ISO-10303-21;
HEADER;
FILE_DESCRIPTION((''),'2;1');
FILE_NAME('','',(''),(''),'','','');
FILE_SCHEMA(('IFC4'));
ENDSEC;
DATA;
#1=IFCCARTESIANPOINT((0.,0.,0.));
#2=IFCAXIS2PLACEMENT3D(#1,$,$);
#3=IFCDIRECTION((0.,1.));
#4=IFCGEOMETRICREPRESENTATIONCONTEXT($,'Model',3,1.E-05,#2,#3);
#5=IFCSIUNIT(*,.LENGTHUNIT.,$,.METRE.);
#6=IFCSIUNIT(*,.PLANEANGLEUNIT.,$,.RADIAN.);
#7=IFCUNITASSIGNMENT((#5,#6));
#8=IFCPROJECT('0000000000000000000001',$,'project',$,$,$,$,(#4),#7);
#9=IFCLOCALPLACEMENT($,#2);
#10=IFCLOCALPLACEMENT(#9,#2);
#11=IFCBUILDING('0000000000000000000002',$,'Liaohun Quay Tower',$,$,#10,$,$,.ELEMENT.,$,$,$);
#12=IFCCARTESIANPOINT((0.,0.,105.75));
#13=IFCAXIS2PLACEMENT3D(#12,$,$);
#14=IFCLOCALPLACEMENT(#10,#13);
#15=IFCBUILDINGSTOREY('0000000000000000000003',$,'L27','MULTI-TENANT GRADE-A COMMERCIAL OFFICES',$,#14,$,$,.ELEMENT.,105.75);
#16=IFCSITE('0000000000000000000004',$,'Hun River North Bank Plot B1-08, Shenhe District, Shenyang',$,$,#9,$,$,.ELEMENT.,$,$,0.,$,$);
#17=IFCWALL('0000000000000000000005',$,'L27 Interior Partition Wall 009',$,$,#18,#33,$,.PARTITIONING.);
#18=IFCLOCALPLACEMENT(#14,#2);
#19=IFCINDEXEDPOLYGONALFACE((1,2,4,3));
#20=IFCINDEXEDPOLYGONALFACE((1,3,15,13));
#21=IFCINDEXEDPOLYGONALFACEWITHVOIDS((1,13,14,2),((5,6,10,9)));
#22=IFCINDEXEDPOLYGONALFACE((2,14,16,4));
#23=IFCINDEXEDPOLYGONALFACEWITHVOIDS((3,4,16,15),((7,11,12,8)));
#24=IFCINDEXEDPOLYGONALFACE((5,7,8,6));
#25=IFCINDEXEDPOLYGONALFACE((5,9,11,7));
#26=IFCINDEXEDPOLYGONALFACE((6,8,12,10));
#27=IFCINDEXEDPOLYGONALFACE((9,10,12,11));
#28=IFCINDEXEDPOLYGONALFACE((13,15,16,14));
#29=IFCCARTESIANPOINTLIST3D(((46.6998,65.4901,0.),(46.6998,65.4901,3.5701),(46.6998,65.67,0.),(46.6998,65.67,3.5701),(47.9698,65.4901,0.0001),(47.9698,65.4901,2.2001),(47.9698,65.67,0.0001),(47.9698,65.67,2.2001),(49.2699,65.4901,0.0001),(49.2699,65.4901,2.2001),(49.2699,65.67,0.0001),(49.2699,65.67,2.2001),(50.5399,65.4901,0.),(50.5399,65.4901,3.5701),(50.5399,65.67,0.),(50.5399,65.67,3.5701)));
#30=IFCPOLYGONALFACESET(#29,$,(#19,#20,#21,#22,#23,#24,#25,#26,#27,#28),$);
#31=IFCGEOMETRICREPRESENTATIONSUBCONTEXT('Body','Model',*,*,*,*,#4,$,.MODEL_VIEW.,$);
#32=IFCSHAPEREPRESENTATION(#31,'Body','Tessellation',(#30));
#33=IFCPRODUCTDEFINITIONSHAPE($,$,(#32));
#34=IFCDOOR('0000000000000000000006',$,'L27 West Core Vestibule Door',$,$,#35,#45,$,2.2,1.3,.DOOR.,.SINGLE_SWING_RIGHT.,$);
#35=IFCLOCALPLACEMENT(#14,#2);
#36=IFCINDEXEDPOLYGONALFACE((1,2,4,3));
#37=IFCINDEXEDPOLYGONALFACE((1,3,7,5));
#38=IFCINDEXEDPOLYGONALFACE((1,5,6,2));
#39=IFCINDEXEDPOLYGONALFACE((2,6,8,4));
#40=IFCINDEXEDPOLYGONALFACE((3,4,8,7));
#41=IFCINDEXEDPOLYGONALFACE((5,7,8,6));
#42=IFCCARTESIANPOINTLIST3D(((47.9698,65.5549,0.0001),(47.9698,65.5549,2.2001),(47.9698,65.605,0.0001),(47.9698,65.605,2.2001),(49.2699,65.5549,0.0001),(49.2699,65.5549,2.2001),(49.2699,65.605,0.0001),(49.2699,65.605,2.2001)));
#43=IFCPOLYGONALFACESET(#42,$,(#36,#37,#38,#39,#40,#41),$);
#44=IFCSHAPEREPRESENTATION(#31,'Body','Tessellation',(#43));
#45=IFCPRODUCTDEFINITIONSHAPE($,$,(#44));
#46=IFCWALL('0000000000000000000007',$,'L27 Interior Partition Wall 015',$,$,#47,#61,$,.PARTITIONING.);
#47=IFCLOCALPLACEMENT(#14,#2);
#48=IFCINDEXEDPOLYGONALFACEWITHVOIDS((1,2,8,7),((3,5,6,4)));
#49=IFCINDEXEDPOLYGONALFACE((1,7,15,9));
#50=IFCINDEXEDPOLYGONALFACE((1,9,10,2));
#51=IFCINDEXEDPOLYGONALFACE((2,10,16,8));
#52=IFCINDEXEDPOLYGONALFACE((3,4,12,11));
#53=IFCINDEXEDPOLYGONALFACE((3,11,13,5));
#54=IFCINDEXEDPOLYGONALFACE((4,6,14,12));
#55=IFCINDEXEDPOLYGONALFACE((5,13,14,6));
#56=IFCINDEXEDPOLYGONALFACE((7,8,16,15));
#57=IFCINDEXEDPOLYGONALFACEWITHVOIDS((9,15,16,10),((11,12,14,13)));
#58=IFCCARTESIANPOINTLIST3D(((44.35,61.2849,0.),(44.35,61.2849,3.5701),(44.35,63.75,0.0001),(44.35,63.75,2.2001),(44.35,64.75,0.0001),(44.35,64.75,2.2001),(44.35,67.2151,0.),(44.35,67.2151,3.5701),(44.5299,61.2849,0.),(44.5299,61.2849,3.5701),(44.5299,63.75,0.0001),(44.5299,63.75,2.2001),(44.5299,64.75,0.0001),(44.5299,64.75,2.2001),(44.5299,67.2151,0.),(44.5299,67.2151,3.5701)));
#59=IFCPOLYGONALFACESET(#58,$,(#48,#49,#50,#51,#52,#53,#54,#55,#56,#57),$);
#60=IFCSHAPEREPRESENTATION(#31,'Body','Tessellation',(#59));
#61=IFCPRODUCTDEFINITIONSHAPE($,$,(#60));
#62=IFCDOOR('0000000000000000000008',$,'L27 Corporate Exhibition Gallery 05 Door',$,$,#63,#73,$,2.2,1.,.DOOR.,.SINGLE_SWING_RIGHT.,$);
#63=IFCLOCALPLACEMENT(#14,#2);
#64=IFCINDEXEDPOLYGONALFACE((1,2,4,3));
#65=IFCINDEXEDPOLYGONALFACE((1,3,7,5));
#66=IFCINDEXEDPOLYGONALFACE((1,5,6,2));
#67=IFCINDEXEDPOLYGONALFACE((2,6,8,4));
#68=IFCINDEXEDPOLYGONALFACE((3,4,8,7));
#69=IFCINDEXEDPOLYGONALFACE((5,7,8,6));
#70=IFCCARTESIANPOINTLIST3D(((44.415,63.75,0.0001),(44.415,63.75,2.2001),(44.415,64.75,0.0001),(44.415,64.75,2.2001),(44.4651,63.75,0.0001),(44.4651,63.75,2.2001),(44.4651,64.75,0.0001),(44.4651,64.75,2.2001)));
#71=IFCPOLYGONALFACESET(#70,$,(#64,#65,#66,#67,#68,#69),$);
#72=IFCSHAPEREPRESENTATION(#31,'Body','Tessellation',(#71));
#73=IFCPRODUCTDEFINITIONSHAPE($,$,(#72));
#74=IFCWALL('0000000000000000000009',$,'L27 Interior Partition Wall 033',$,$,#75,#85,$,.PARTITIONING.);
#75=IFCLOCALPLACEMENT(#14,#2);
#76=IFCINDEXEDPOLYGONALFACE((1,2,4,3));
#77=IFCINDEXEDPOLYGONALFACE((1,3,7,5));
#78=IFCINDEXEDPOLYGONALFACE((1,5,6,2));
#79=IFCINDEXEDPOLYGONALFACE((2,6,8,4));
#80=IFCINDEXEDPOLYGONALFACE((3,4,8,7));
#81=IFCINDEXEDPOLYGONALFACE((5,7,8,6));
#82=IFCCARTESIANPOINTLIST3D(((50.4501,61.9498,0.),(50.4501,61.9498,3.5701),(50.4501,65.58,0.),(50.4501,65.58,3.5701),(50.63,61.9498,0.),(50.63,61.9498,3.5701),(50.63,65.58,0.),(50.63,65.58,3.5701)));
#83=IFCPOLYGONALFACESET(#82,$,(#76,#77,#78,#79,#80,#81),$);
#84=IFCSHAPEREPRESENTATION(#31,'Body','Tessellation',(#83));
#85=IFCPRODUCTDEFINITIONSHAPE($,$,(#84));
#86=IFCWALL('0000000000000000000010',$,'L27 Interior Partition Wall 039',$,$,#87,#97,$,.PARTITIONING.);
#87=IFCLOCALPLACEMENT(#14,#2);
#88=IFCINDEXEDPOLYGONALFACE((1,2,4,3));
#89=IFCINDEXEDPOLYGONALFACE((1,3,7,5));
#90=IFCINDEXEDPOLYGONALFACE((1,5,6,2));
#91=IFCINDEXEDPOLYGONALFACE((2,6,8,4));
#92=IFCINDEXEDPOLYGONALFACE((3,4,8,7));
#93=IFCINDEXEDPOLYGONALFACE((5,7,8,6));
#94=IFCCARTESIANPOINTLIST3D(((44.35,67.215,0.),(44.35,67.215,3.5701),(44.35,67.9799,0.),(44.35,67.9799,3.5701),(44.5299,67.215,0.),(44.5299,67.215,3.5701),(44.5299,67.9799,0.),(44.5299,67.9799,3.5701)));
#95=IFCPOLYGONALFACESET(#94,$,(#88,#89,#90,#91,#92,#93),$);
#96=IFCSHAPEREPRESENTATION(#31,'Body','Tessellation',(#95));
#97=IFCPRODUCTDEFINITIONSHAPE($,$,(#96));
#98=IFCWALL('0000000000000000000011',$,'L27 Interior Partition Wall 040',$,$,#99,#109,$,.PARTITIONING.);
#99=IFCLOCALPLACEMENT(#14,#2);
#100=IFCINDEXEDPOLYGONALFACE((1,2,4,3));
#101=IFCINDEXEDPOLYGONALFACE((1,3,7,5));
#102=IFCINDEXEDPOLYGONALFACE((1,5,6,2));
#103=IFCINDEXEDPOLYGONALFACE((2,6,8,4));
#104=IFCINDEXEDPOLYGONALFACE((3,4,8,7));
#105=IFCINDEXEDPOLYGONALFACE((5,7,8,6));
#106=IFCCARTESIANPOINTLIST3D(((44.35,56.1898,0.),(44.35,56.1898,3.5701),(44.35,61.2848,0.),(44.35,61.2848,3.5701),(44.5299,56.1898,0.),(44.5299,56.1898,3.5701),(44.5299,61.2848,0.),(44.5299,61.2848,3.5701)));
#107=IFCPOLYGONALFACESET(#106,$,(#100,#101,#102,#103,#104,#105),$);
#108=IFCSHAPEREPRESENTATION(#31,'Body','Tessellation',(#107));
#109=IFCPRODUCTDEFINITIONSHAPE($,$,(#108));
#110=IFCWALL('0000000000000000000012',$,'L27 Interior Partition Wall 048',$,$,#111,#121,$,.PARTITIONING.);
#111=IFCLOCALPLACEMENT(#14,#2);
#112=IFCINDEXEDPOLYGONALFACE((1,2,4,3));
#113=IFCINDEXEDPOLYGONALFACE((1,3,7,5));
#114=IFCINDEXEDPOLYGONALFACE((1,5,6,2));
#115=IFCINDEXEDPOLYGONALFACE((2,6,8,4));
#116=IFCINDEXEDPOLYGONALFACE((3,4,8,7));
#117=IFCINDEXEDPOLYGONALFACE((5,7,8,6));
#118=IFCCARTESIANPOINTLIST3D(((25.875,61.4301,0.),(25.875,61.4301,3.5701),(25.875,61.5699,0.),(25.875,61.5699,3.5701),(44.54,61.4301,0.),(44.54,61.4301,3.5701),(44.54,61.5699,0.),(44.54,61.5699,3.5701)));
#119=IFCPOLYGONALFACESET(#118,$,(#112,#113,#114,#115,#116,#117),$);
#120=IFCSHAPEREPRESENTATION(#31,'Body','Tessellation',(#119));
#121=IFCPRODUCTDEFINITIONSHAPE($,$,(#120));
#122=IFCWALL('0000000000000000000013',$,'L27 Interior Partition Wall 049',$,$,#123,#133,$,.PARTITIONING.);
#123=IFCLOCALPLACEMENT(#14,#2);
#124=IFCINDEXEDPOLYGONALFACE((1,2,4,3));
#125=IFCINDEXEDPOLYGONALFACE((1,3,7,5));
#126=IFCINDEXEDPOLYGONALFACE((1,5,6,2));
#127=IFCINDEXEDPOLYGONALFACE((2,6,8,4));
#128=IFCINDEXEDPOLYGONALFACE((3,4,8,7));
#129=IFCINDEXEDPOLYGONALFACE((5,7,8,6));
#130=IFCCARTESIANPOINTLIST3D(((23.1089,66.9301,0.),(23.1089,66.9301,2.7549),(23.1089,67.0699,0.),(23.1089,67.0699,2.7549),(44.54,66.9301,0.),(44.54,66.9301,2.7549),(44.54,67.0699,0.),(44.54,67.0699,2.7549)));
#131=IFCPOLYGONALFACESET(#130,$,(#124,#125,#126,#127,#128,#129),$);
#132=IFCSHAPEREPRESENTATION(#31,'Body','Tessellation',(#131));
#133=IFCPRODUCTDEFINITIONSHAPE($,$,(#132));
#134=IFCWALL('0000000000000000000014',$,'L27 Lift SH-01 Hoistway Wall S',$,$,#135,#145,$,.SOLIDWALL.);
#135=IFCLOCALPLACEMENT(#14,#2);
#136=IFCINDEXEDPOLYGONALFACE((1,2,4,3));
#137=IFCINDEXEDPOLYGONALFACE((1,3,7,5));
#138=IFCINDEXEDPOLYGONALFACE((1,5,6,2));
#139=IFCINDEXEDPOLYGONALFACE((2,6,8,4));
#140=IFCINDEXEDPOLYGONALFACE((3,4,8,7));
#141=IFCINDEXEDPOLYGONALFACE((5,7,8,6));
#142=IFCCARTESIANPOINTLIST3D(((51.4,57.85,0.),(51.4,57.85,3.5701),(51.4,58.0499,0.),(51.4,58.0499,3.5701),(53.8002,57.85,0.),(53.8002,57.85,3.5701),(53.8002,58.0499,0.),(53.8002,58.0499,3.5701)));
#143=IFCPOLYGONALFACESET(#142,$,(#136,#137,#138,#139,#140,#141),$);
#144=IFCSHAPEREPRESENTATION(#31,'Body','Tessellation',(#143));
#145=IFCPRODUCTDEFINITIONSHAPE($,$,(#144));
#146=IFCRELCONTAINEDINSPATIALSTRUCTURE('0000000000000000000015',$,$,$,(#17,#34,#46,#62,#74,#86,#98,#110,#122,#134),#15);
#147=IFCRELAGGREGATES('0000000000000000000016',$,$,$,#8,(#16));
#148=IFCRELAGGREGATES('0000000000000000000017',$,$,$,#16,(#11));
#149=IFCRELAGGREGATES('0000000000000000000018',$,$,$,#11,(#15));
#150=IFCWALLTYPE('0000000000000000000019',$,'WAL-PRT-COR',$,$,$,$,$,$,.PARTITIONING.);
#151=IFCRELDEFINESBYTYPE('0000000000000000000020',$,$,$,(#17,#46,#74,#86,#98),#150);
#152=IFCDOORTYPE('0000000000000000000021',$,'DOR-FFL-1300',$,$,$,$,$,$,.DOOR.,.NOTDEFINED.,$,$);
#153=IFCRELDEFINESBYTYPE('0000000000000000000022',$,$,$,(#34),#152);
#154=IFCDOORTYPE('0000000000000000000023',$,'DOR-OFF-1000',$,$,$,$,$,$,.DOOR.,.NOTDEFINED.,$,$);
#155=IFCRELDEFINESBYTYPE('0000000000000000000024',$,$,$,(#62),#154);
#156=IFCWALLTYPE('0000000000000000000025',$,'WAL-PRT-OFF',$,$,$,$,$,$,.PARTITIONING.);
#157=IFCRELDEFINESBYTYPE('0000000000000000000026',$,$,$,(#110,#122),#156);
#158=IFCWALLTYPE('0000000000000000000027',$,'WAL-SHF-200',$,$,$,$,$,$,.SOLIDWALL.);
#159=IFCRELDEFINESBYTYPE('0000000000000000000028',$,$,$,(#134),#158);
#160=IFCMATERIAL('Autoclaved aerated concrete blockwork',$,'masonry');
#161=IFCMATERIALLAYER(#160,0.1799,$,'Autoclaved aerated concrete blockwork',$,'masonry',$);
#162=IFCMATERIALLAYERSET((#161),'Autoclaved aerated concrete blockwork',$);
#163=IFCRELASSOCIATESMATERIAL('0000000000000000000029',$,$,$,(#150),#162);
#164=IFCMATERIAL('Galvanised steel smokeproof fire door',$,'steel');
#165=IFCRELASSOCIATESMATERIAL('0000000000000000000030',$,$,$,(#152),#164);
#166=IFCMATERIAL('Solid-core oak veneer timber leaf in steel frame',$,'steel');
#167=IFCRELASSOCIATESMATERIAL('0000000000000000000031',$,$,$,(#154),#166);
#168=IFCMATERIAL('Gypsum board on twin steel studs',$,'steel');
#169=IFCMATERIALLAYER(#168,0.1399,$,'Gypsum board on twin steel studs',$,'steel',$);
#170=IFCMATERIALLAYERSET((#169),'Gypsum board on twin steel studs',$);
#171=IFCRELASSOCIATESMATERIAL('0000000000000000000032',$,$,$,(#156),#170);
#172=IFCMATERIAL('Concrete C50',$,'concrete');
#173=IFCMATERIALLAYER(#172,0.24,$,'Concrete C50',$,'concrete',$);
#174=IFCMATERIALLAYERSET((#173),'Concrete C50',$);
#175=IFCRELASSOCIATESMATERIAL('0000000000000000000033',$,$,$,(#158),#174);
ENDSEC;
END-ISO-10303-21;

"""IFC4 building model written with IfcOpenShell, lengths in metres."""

from ifc_helpers import new_model, si_unit, direction, frame, frame_2d, origin, place, context, subcontext, project, spatial, rectangle, extrude, source, transform, mapped, material, layer, layer_set, type_object, element, fill, save


model = new_model("IFC4")

# Units and contexts
model_context = context("Model", 3, precision=1e-05, world=origin(), true_north=direction((0.0, 1.0)))
body_context = subcontext(model_context, "Body", "Model", "MODEL_VIEW")
ifc_project = project(units=[si_unit("LENGTHUNIT", "METRE"), si_unit("PLANEANGLEUNIT", "RADIAN")], contexts=[model_context])

# Site, building, storey
site_placement = place(None, origin())
site = spatial("IfcSite", under=ifc_project, at=site_placement, Name="Hun River North Bank Plot B1-08, Shenhe District, Shenyang", CompositionType="ELEMENT", RefElevation=0.0)
building_placement = place(site_placement, origin())
building = spatial("IfcBuilding", under=site, at=building_placement, Name="Liaohun Quay Tower", CompositionType="ELEMENT")
storey_placement = place(building_placement, frame((0.0, 0.0, 105.75)))
storey = spatial("IfcBuildingStorey", under=building, at=storey_placement, Name="L27", Description="MULTI-TENANT GRADE-A COMMERCIAL OFFICES", CompositionType="ELEMENT", Elevation=105.75)

# Walls, openings, doors
ifc_material_1 = material(Name="Autoclaved aerated concrete blockwork", Category="masonry")
ifc_layer_1 = layer(ifc_material_1, 0.1799, Name="Autoclaved aerated concrete blockwork", Category="masonry")
ifc_layer_set_1 = layer_set([ifc_layer_1], Name="Autoclaved aerated concrete blockwork")
wall_type_1 = type_object("IfcWallType", Name="WAL-PRT-COR", PredefinedType="PARTITIONING", material=ifc_layer_set_1)
wall_1_placement = place(storey_placement, frame((46.7, 65.5801, 0.0), z_axis=(0.0, 0.0, 1.0), x_axis=(1.0, 0.0, 0.0)))
wall_1 = element("IfcWall", 1, at=wall_1_placement, inside=storey, type_object=wall_type_1, Name="L27 Interior Partition Wall 009", PredefinedType="PARTITIONING", context=body_context, shape_type="SweptSolid", body=[
    extrude(rectangle(XDim=3.8401, YDim=0.1799, at=frame_2d((1.9199, 0.0))), origin(), (0.0, 0.0, 1.0), 3.5701),
])
shared_shape_1 = source(origin(), body_context, "Body", "SweptSolid", [
    extrude(rectangle(XDim=1.3, YDim=2.2, at=frame_2d((0.6499, 1.1001))), frame((0.0, 0.0999, 0.0), z_axis=(0.0, -1.0, 0.0), x_axis=(1.0, 0.0, 0.0)), (0.0, 0.0, 1.0), 0.2),
])
opening_1_placement = place(wall_1_placement, frame((1.27, 0.0, 0.0)))
opening_1 = element("IfcOpeningElement", 2, at=opening_1_placement, cuts=wall_1, PredefinedType="OPENING", context=body_context, shape_type="MappedRepresentation", body=[
    mapped(shared_shape_1, transform((0.0, 0.0, 0.0), x_axis=(1.0, 0.0, 0.0), y_axis=(0.0, 1.0, 0.0), z_axis=(0.0, 0.0, 1.0), scale=1.0)),
])
ifc_material_2 = material(Name="Galvanised steel smokeproof fire door", Category="steel")
door_type_1 = type_object("IfcDoorType", Name="DOR-FFL-1300", OperationType="NOTDEFINED", PredefinedType="DOOR", material=ifc_material_2)
shared_shape_2 = source(origin(), body_context, "Body", "SweptSolid", [
    extrude(rectangle(XDim=1.3, YDim=2.2, at=frame_2d((0.6499, 1.1001))), frame((0.0, 0.0249, 0.0), z_axis=(0.0, -1.0, 0.0), x_axis=(1.0, 0.0, 0.0)), (0.0, 0.0, 1.0), 0.05),
])
door_1_placement = place(opening_1_placement, origin())
door_1 = element("IfcDoor", 3, at=door_1_placement, inside=storey, type_object=door_type_1, Name="L27 West Core Vestibule Door", OperationType="SINGLE_SWING_RIGHT", OverallHeight=2.2, OverallWidth=1.3, PredefinedType="DOOR", context=body_context, shape_type="MappedRepresentation", body=[
    mapped(shared_shape_2, transform((0.0, 0.0, 0.0), x_axis=(1.0, 0.0, 0.0), y_axis=(0.0, 1.0, 0.0), z_axis=(0.0, 0.0, 1.0), scale=1.0)),
])
fill(opening_1, door_1)
wall_2_placement = place(storey_placement, frame((44.4399, 61.2849, 0.0), z_axis=(0.0, 0.0, 1.0), x_axis=(0.0, 1.0, 0.0)))
wall_2 = element("IfcWall", 4, at=wall_2_placement, inside=storey, type_object=wall_type_1, Name="L27 Interior Partition Wall 015", PredefinedType="PARTITIONING", context=body_context, shape_type="SweptSolid", body=[
    extrude(rectangle(XDim=5.9302, YDim=0.1799, at=frame_2d((2.9651, 0.0))), origin(), (0.0, 0.0, 1.0), 3.5701),
])
shared_shape_3 = source(origin(), body_context, "Body", "SweptSolid", [
    extrude(rectangle(XDim=1.0, YDim=2.2, at=frame_2d((0.5, 1.1001))), frame((0.0, 0.0999, 0.0), z_axis=(0.0, -1.0, 0.0), x_axis=(1.0, 0.0, 0.0)), (0.0, 0.0, 1.0), 0.2),
])
opening_2_placement = place(wall_2_placement, frame((2.4651, 0.0, 0.0)))
opening_2 = element("IfcOpeningElement", 5, at=opening_2_placement, cuts=wall_2, PredefinedType="OPENING", context=body_context, shape_type="MappedRepresentation", body=[
    mapped(shared_shape_3, transform((0.0, 0.0, 0.0), x_axis=(1.0, 0.0, 0.0), y_axis=(0.0, 1.0, 0.0), z_axis=(0.0, 0.0, 1.0), scale=1.0)),
])
ifc_material_3 = material(Name="Solid-core oak veneer timber leaf in steel frame", Category="steel")
door_type_2 = type_object("IfcDoorType", Name="DOR-OFF-1000", OperationType="NOTDEFINED", PredefinedType="DOOR", material=ifc_material_3)
shared_shape_4 = source(origin(), body_context, "Body", "SweptSolid", [
    extrude(rectangle(XDim=1.0, YDim=2.2, at=frame_2d((0.5, 1.1001))), frame((0.0, 0.0249, 0.0), z_axis=(0.0, -1.0, 0.0), x_axis=(1.0, 0.0, 0.0)), (0.0, 0.0, 1.0), 0.05),
])
door_2_placement = place(opening_2_placement, origin())
door_2 = element("IfcDoor", 6, at=door_2_placement, inside=storey, type_object=door_type_2, Name="L27 Corporate Exhibition Gallery 05 Door", OperationType="SINGLE_SWING_RIGHT", OverallHeight=2.2, OverallWidth=1.0, PredefinedType="DOOR", context=body_context, shape_type="MappedRepresentation", body=[
    mapped(shared_shape_4, transform((0.0, 0.0, 0.0), x_axis=(1.0, 0.0, 0.0), y_axis=(0.0, 1.0, 0.0), z_axis=(0.0, 0.0, 1.0), scale=1.0)),
])
fill(opening_2, door_2)

# Walls
wall_3_placement = place(storey_placement, frame((50.54, 61.95, 0.0), z_axis=(0.0, 0.0, 1.0), x_axis=(0.0, 1.0, 0.0)))
element("IfcWall", 7, at=wall_3_placement, inside=storey, type_object=wall_type_1, Name="L27 Interior Partition Wall 033", PredefinedType="PARTITIONING", context=body_context, shape_type="SweptSolid", body=[
    extrude(rectangle(XDim=3.6301, YDim=0.1799, at=frame_2d((1.8149, 0.0))), origin(), (0.0, 0.0, 1.0), 3.5701),
])
wall_4_placement = place(storey_placement, frame((44.4399, 67.2151, 0.0), z_axis=(0.0, 0.0, 1.0), x_axis=(0.0, 1.0, 0.0)))
element("IfcWall", 8, at=wall_4_placement, inside=storey, type_object=wall_type_1, Name="L27 Interior Partition Wall 039", PredefinedType="PARTITIONING", context=body_context, shape_type="SweptSolid", body=[
    extrude(rectangle(XDim=0.7649, YDim=0.1799, at=frame_2d((0.3823, 0.0))), origin(), (0.0, 0.0, 1.0), 3.5701),
])
wall_5_placement = place(storey_placement, frame((44.4399, 56.1899, 0.0), z_axis=(0.0, 0.0, 1.0), x_axis=(0.0, 1.0, 0.0)))
element("IfcWall", 9, at=wall_5_placement, inside=storey, type_object=wall_type_1, Name="L27 Interior Partition Wall 040", PredefinedType="PARTITIONING", context=body_context, shape_type="SweptSolid", body=[
    extrude(rectangle(XDim=5.095, YDim=0.1799, at=frame_2d((2.5474, 0.0))), origin(), (0.0, 0.0, 1.0), 3.5701),
])
ifc_material_4 = material(Name="Gypsum board on twin steel studs", Category="steel")
ifc_layer_2 = layer(ifc_material_4, 0.1399, Name="Gypsum board on twin steel studs", Category="steel")
ifc_layer_set_2 = layer_set([ifc_layer_2], Name="Gypsum board on twin steel studs")
wall_type_2 = type_object("IfcWallType", Name="WAL-PRT-OFF", PredefinedType="PARTITIONING", material=ifc_layer_set_2)
wall_6_placement = place(storey_placement, frame((44.54, 61.5, 0.0), z_axis=(0.0, 0.0, 1.0), x_axis=(-1.0, 0.0, 0.0)))
element("IfcWall", 10, at=wall_6_placement, inside=storey, type_object=wall_type_2, Name="L27 Interior Partition Wall 048", PredefinedType="PARTITIONING", context=body_context, shape_type="SweptSolid", body=[
    extrude(rectangle(XDim=18.665, YDim=0.1399, at=frame_2d((9.3325, 0.0))), origin(), (0.0, 0.0, 1.0), 3.5701),
])
wall_7_placement = place(storey_placement, frame((44.54, 67.0, 0.0), z_axis=(0.0, 0.0, 1.0), x_axis=(-1.0, 0.0, 0.0)))
element("IfcWall", 11, at=wall_7_placement, inside=storey, type_object=wall_type_2, Name="L27 Interior Partition Wall 049", PredefinedType="PARTITIONING", context=body_context, shape_type="SweptSolid", body=[
    extrude(rectangle(XDim=21.4312, YDim=0.1399, at=frame_2d((10.7156, 0.0))), origin(), (0.0, 0.0, 1.0), 2.7549),
])
ifc_material_5 = material(Name="Concrete C50", Category="concrete")
ifc_layer_3 = layer(ifc_material_5, 0.24, Name="Concrete C50", Category="concrete")
ifc_layer_set_3 = layer_set([ifc_layer_3], Name="Concrete C50")
wall_type_3 = type_object("IfcWallType", Name="WAL-SHF-200", PredefinedType="SOLIDWALL", material=ifc_layer_set_3)
wall_8_placement = place(storey_placement, frame((51.3999, 57.95, 0.0), z_axis=(0.0, 0.0, 1.0), x_axis=(1.0, 0.0, 0.0)))
element("IfcWall", 12, at=wall_8_placement, inside=storey, type_object=wall_type_3, Name="L27 Lift SH-01 Hoistway Wall S", PredefinedType="SOLIDWALL", context=body_context, shape_type="SweptSolid", body=[
    extrude(rectangle(XDim=2.4001, YDim=0.2, at=frame_2d((1.2002, 0.0))), origin(), (0.0, 0.0, 1.0), 3.5701),
])

save(model, "model.ifc")
